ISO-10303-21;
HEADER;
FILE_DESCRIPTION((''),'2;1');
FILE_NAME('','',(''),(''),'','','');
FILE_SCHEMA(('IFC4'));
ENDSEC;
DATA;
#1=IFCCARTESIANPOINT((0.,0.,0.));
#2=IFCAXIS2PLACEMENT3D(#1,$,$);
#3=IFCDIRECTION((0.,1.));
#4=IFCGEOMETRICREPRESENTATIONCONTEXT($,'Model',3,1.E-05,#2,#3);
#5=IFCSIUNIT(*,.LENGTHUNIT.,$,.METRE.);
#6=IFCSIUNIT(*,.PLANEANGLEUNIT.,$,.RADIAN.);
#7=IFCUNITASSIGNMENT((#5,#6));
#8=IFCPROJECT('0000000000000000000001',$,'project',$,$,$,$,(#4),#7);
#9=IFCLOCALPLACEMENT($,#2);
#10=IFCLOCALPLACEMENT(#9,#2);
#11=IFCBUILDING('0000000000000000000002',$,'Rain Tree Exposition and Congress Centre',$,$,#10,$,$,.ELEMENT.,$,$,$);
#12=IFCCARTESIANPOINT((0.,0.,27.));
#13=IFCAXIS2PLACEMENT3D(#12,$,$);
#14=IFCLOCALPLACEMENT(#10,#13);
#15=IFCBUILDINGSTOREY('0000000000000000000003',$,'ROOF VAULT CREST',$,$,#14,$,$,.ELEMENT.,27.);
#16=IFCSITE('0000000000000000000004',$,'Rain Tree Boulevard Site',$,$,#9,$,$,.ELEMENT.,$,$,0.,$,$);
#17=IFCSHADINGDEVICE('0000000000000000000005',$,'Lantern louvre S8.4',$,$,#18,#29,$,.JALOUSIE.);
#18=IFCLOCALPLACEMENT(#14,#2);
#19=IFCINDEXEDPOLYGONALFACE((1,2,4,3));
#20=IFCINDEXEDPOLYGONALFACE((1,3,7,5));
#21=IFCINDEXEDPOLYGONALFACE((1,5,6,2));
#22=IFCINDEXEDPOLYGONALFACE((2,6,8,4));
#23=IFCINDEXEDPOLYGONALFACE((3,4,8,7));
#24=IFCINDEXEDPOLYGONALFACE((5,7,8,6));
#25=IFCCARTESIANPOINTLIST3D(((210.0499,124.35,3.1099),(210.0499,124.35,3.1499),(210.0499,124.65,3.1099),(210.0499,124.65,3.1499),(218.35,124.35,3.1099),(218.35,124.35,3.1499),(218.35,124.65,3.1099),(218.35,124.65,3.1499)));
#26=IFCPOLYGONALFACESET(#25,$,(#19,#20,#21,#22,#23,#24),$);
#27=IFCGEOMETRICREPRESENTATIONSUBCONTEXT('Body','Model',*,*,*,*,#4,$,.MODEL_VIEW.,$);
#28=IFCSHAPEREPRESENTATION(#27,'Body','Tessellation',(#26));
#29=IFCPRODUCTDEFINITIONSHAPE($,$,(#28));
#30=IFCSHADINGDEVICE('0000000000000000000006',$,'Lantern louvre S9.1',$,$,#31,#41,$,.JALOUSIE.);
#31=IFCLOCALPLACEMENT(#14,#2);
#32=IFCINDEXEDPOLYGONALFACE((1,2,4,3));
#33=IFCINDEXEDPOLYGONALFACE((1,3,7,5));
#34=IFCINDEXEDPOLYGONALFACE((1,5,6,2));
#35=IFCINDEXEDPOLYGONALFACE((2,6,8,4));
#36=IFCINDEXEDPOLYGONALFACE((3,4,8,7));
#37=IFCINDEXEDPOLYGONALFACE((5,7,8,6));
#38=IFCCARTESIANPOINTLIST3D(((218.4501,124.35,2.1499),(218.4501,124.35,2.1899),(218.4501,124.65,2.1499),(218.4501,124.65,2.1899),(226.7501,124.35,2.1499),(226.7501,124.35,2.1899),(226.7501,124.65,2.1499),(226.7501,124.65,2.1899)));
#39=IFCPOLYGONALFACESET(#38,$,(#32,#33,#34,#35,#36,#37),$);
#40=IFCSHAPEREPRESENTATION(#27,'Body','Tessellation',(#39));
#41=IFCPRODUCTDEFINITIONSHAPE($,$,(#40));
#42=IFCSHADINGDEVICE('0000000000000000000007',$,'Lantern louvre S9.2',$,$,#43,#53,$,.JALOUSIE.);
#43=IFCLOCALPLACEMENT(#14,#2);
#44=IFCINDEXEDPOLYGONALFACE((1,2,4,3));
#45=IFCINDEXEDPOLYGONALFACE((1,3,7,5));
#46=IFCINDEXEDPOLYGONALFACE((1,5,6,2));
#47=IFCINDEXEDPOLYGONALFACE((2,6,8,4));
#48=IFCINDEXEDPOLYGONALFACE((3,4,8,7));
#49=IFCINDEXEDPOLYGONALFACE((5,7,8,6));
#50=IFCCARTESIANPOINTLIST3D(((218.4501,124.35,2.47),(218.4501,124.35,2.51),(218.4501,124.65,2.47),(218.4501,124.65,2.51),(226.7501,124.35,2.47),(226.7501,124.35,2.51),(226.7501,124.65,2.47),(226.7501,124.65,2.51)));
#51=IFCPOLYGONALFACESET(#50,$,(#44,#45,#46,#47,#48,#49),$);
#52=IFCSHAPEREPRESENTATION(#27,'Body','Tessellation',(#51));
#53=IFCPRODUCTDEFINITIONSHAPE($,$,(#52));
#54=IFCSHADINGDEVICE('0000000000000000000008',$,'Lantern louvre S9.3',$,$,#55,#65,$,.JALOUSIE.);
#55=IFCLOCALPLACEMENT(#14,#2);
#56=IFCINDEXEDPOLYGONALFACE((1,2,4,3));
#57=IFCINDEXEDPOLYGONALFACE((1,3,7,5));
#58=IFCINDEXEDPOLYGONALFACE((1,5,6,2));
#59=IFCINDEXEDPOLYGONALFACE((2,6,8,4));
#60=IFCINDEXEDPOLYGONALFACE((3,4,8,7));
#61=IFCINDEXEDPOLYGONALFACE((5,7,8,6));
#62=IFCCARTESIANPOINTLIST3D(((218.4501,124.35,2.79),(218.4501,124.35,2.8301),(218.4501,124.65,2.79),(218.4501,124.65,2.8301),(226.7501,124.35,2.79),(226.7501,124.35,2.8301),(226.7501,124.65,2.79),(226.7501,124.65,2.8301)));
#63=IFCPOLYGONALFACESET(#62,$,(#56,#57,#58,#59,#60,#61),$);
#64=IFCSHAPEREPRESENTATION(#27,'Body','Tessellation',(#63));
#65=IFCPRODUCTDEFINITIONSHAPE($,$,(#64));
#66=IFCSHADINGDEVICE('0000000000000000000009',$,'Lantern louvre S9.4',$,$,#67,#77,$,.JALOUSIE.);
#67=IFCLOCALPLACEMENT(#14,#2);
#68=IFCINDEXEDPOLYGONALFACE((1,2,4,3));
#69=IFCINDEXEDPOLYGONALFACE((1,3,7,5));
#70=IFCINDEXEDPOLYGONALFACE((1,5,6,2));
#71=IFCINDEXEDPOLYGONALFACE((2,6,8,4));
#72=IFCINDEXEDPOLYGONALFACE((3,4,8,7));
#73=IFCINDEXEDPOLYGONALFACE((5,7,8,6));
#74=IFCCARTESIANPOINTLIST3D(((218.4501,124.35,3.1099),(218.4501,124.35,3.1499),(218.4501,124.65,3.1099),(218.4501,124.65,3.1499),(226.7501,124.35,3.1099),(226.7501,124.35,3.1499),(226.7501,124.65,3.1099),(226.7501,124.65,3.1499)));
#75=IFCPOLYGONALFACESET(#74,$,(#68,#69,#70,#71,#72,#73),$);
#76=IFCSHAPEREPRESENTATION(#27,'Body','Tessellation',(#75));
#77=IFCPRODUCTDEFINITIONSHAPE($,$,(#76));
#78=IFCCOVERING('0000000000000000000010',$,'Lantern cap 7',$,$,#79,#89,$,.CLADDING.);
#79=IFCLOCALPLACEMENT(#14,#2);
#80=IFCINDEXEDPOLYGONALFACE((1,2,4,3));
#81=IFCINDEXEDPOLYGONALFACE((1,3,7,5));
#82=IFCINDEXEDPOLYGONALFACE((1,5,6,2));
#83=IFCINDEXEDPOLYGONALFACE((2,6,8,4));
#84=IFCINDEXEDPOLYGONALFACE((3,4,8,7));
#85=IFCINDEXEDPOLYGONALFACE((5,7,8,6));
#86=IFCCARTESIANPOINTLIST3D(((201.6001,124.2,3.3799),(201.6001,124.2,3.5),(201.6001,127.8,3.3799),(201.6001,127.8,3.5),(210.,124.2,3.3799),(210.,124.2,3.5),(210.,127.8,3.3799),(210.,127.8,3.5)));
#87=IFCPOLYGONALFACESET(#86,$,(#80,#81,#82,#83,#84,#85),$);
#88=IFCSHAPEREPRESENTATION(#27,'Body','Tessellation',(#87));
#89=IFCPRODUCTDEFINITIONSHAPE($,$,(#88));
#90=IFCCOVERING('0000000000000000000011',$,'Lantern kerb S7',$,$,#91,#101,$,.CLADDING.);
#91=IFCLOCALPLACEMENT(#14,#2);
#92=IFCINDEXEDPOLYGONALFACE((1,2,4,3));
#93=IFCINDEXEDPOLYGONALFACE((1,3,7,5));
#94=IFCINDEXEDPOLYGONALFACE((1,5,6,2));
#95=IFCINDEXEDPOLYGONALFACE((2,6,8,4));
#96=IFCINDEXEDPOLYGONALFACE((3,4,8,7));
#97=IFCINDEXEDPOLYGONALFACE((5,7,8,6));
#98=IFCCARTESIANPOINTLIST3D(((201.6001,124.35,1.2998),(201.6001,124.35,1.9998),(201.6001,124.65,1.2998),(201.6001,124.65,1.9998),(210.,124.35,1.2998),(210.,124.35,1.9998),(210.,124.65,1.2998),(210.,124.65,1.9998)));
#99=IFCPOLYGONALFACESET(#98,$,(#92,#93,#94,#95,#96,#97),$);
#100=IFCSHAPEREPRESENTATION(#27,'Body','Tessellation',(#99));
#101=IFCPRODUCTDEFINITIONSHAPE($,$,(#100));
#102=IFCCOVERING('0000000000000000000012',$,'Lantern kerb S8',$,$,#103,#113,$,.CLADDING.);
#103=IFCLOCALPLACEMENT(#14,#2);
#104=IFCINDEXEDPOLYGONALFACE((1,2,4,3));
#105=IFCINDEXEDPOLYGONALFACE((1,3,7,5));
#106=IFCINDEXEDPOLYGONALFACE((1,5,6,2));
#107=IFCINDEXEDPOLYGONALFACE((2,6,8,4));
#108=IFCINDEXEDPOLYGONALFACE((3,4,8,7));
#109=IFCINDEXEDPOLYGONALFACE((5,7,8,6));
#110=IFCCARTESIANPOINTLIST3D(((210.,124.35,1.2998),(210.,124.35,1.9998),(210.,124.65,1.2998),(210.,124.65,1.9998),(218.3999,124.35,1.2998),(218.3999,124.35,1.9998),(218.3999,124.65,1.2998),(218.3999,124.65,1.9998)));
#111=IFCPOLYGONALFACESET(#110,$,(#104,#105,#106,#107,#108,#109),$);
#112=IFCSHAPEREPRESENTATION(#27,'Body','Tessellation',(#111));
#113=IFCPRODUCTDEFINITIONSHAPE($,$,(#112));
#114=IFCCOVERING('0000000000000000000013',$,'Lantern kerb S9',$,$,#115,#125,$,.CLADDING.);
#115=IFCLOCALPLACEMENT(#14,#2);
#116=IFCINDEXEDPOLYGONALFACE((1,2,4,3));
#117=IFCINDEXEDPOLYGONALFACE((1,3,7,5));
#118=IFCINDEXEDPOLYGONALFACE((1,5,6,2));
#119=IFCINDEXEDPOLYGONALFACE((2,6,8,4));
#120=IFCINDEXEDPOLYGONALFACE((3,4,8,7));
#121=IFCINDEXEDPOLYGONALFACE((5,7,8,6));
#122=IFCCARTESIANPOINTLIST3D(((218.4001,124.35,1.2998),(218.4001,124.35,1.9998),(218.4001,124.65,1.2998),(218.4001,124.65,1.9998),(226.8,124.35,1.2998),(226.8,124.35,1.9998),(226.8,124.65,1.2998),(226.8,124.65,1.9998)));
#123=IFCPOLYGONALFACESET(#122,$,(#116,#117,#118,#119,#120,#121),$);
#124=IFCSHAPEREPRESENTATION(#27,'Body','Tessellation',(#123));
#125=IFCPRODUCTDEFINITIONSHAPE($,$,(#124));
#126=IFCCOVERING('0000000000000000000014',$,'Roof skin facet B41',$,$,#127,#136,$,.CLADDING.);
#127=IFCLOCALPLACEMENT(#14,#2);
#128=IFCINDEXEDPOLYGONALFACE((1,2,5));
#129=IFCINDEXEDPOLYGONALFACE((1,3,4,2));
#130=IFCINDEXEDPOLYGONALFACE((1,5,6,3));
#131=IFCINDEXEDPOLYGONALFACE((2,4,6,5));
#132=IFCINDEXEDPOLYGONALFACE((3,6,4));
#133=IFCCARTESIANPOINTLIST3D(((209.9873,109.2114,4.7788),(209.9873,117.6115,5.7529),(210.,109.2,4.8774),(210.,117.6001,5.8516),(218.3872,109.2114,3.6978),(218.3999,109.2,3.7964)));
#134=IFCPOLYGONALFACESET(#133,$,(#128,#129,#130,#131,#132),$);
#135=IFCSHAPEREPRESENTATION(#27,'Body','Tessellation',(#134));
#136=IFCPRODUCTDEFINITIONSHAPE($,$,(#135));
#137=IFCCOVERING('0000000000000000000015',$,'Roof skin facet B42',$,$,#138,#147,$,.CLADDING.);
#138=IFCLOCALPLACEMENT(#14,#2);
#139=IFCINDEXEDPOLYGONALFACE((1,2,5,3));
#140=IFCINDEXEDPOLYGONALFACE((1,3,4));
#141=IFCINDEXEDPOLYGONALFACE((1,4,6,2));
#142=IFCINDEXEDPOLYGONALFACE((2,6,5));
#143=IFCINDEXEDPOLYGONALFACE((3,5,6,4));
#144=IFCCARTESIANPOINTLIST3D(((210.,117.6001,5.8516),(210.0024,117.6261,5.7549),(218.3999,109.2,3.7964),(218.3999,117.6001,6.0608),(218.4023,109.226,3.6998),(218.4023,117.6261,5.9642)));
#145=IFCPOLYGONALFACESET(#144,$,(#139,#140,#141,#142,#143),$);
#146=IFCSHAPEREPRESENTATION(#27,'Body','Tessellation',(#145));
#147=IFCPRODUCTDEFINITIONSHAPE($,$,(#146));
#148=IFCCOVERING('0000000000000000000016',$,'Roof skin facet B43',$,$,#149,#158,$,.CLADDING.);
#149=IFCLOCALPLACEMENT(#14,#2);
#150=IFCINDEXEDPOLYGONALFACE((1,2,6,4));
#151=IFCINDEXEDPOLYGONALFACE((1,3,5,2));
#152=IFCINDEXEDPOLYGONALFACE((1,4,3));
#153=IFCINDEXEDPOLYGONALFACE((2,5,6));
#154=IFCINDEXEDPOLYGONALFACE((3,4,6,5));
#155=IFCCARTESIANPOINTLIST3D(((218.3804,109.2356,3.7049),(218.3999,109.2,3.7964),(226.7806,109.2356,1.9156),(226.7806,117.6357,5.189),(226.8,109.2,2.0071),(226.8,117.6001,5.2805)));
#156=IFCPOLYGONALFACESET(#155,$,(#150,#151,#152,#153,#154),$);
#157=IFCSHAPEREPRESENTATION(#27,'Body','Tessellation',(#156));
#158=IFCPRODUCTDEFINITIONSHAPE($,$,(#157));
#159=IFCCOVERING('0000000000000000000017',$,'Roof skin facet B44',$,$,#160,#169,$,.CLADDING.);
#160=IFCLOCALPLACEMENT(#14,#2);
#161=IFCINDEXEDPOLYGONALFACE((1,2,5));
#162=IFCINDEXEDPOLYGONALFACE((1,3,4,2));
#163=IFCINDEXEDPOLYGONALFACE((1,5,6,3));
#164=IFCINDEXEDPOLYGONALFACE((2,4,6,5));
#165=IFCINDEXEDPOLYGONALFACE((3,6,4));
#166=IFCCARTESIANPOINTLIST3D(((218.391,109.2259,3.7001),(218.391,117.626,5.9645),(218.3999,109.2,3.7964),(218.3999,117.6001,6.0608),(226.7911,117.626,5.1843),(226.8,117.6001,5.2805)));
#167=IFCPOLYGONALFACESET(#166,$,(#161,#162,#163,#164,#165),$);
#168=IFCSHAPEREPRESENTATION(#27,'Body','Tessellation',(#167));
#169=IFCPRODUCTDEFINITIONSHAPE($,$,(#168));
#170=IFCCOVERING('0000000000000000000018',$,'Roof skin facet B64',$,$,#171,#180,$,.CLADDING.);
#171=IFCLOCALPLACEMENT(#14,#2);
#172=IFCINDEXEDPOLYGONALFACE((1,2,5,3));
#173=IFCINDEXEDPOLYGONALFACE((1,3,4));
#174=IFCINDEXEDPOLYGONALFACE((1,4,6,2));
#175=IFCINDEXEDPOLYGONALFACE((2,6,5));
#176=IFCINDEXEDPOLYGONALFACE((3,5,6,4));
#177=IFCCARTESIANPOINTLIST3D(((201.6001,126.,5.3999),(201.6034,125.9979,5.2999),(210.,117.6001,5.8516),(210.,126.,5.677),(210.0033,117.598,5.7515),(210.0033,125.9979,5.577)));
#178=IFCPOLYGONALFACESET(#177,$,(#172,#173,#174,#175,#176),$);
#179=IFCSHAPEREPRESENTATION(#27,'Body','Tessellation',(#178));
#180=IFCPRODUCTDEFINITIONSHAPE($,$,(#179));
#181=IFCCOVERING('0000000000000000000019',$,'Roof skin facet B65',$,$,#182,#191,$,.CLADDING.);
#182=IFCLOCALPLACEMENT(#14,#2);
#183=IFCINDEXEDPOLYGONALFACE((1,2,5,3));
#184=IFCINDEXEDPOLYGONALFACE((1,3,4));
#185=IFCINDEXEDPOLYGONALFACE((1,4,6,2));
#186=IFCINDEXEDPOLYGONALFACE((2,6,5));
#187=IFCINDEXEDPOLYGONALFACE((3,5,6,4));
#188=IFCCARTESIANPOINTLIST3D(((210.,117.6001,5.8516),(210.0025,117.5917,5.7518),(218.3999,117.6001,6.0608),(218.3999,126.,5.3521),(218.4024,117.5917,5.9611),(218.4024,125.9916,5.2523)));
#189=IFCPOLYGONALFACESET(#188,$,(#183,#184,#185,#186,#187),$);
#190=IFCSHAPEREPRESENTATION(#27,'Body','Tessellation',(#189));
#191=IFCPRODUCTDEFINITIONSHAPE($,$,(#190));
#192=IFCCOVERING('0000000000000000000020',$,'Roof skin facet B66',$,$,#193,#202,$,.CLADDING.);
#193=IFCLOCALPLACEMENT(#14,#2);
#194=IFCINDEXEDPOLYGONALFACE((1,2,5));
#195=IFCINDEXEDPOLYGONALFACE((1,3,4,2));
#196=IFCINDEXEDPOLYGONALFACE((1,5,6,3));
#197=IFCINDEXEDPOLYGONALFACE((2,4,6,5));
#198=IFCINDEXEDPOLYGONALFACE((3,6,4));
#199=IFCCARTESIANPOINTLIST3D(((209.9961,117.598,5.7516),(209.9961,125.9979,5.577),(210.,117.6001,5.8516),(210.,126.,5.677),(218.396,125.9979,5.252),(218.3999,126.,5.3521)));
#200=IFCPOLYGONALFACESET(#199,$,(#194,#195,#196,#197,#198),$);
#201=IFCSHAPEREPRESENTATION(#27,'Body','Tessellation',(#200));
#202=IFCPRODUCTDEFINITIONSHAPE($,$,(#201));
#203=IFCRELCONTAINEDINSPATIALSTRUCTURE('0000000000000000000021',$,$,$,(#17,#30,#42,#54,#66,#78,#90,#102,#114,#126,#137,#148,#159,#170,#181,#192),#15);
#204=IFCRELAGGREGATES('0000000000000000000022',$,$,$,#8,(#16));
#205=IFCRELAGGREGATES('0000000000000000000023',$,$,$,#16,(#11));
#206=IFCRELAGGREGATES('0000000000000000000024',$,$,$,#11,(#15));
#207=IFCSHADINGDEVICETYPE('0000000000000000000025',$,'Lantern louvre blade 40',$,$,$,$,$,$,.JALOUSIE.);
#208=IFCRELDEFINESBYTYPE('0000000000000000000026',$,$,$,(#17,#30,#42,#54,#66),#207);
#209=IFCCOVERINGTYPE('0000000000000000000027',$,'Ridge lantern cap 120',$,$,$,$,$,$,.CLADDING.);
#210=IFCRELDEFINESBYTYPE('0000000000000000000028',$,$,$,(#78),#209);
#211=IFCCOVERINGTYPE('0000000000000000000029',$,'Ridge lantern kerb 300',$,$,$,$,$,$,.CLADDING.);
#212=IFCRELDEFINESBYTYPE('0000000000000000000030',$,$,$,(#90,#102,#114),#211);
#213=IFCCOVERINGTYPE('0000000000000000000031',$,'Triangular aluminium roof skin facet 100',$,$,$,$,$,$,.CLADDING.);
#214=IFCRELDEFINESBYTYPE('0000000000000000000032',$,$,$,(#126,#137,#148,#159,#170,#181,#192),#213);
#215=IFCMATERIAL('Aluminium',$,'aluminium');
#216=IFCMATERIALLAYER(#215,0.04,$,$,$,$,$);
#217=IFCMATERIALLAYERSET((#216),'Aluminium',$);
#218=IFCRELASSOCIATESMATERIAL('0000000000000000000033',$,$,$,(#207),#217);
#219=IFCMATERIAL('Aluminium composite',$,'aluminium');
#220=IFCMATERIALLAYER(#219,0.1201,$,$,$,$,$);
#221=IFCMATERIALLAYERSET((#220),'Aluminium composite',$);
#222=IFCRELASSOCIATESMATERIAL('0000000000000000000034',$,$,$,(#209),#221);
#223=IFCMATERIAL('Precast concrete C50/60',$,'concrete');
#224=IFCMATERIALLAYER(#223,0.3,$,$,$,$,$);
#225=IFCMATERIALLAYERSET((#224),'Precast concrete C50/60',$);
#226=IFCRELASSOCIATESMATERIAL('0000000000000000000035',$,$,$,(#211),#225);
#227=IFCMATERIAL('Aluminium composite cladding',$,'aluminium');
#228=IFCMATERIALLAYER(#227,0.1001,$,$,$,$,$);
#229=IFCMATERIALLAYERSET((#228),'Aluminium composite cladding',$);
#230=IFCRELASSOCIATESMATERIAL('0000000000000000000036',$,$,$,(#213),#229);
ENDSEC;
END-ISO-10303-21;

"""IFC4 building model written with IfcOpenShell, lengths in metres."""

from ifc_helpers import new_model, si_unit, direction, frame, origin, origin_2d, place, context, subcontext, project, spatial, polyline, rectangle, outline, extrude, material, layer, layer_set, type_object, element, save


model = new_model("IFC4")

# Units and contexts
model_context = context("Model", 3, precision=1e-05, world=origin(), true_north=direction((0.0, 1.0)))
body_context = subcontext(model_context, "Body", "Model", "MODEL_VIEW")
ifc_project = project(units=[si_unit("LENGTHUNIT", "METRE"), si_unit("PLANEANGLEUNIT", "RADIAN")], contexts=[model_context])

# Site, building, storey
site_placement = place(None, origin())
site = spatial("IfcSite", under=ifc_project, at=site_placement, Name="Rain Tree Boulevard Site", CompositionType="ELEMENT", RefElevation=0.0)
building_placement = place(site_placement, origin())
building = spatial("IfcBuilding", under=site, at=building_placement, Name="Rain Tree Exposition and Congress Centre", CompositionType="ELEMENT")
storey_placement = place(building_placement, frame((0.0, 0.0, 27.0)))
storey = spatial("IfcBuildingStorey", under=building, at=storey_placement, Name="ROOF VAULT CREST", CompositionType="ELEMENT", Elevation=27.0)

# Shading devices
ifc_material_1 = material(Name="Aluminium", Category="aluminium")
ifc_layer_1 = layer(ifc_material_1, 0.04)
ifc_layer_set_1 = layer_set([ifc_layer_1], Name="Aluminium")
shading_device_type = type_object("IfcShadingDeviceType", Name="Lantern louvre blade 40", PredefinedType="JALOUSIE", material=ifc_layer_set_1)
for number, where, z_axis, x_axis, name in (
    (1, (214.2, 124.5, 3.1099), (0.0, 0.0, 1.0), (1.0, 0.0, 0.0), "Lantern louvre S8.4"),
    (2, (222.6001, 124.5, 2.1499), (0.0, 0.0, 1.0), (1.0, 0.0, 0.0), "Lantern louvre S9.1"),
    (3, (222.6001, 124.5, 2.47), (0.0, 0.0, 1.0), (1.0, 0.0, 0.0), "Lantern louvre S9.2"),
    (4, (222.6001, 124.5, 2.79), (0.0, 0.0, 1.0), (1.0, 0.0, 0.0), "Lantern louvre S9.3"),
    (5, (222.6001, 124.5, 3.1099), (0.0, 0.0, 1.0), (1.0, 0.0, 0.0), "Lantern louvre S9.4"),
):
    element("IfcShadingDevice", number, at=place(storey_placement, frame(where, z_axis=z_axis, x_axis=x_axis)), inside=storey, type_object=shading_device_type, Name=name, PredefinedType="JALOUSIE", context=body_context, shape_type="SweptSolid", body=[
        extrude(rectangle(XDim=8.3, YDim=0.3, at=origin_2d()), origin(), (0.0, 0.0, 1.0), 0.04),
    ])

# Coverings
ifc_material_2 = material(Name="Aluminium composite", Category="aluminium")
ifc_layer_2 = layer(ifc_material_2, 0.1201)
ifc_layer_set_2 = layer_set([ifc_layer_2], Name="Aluminium composite")
covering_type_1 = type_object("IfcCoveringType", Name="Ridge lantern cap 120", PredefinedType="CLADDING", material=ifc_layer_set_2)
covering_1_placement = place(storey_placement, frame((205.8, 126.0, 3.3799), z_axis=(0.0, 0.0, 1.0), x_axis=(1.0, 0.0, 0.0)))
element("IfcCovering", 6, at=covering_1_placement, inside=storey, type_object=covering_type_1, Name="Lantern cap 7", PredefinedType="CLADDING", context=body_context, shape_type="SweptSolid", body=[
    extrude(rectangle(XDim=8.3999, YDim=3.6001, at=origin_2d()), origin(), (0.0, 0.0, 1.0), 0.1201),
])
ifc_material_3 = material(Name="Precast concrete C50/60", Category="concrete")
ifc_layer_3 = layer(ifc_material_3, 0.3)
ifc_layer_set_3 = layer_set([ifc_layer_3], Name="Precast concrete C50/60")
covering_type_2 = type_object("IfcCoveringType", Name="Ridge lantern kerb 300", PredefinedType="CLADDING", material=ifc_layer_set_3)
for number, where, z_axis, x_axis, name in (
    (7, (205.8, 124.5, 1.2998), (0.0, 0.0, 1.0), (1.0, 0.0, 0.0), "Lantern kerb S7"),
    (8, (214.2, 124.5, 1.2998), (0.0, 0.0, 1.0), (1.0, 0.0, 0.0), "Lantern kerb S8"),
    (9, (222.6001, 124.5, 1.2998), (0.0, 0.0, 1.0), (1.0, 0.0, 0.0), "Lantern kerb S9"),
):
    element("IfcCovering", number, at=place(storey_placement, frame(where, z_axis=z_axis, x_axis=x_axis)), inside=storey, type_object=covering_type_2, Name=name, PredefinedType="CLADDING", context=body_context, shape_type="SweptSolid", body=[
        extrude(rectangle(XDim=8.3999, YDim=0.3, at=origin_2d()), origin(), (0.0, 0.0, 1.0), 0.7),
    ])
ifc_material_4 = material(Name="Aluminium composite cladding", Category="aluminium")
ifc_layer_4 = layer(ifc_material_4, 0.1001)
ifc_layer_set_4 = layer_set([ifc_layer_4], Name="Aluminium composite cladding")
covering_type_3 = type_object("IfcCoveringType", Name="Triangular aluminium roof skin facet 100", PredefinedType="CLADDING", material=ifc_layer_set_4)
covering_2_placement = place(storey_placement, frame((210.0, 109.2, 4.8774), z_axis=(0.12681, -0.114263, 0.985324), x_axis=(0.99182, 0.0, -0.127646)))
element("IfcCovering", 10, at=covering_2_placement, inside=storey, type_object=covering_type_3, Name="Roof skin facet B41", PredefinedType="CLADDING", context=body_context, shape_type="SweptSolid", body=[
    extrude(outline(polyline([(0.0, 0.0), (8.4692, 0.0), (-0.1243, 8.4555), (0.0, 0.0)])), origin(), (0.0, 0.0, -1.0), 0.1001),
])
covering_3_placement = place(storey_placement, frame((218.3999, 109.2, 3.7964), z_axis=(-0.024043, -0.260201, 0.965255), x_axis=(0.0, 0.965534, 0.260276)))
element("IfcCovering", 11, at=covering_3_placement, inside=storey, type_object=covering_type_3, Name="Roof skin facet B42", PredefinedType="CLADDING", context=body_context, shape_type="SweptSolid", body=[
    extrude(outline(polyline([(0.0, 0.0), (8.7, 0.0), (8.6455, 8.4023), (0.0, 0.0)])), origin(), (0.0, 0.0, -1.0), 0.1001),
])
covering_4_placement = place(storey_placement, frame((218.3999, 109.2, 3.7964), z_axis=(0.194675, -0.356146, 0.913926), x_axis=(0.978058, 0.0, -0.208335)))
element("IfcCovering", 12, at=covering_4_placement, inside=storey, type_object=covering_type_3, Name="Roof skin facet B43", PredefinedType="CLADDING", context=body_context, shape_type="SweptSolid", body=[
    extrude(outline(polyline([(0.0, 0.0), (8.5886, 0.0), (7.9066, 8.9896), (0.0, 0.0)])), origin(), (0.0, 0.0, -1.0), 0.1001),
])
covering_5_placement = place(storey_placement, frame((218.3999, 109.2, 3.7964), z_axis=(0.089328, -0.259236, 0.961674), x_axis=(0.701652, 0.701652, 0.123967)))
element("IfcCovering", 13, at=covering_5_placement, inside=storey, type_object=covering_type_3, Name="Roof skin facet B44", PredefinedType="CLADDING", context=body_context, shape_type="SweptSolid", body=[
    extrude(outline(polyline([(0.0, 0.0), (11.9719, 0.0), (6.1747, 6.1289), (0.0, 0.0)])), origin(), (0.0, 0.0, -1.0), 0.1001),
])
covering_6_placement = place(storey_placement, frame((210.0, 117.6001, 5.8516), z_axis=(-0.032963, 0.020765, 0.999241), x_axis=(0.0, 0.999784, -0.020777)))
element("IfcCovering", 14, at=covering_6_placement, inside=storey, type_object=covering_type_3, Name="Roof skin facet B64", PredefinedType="CLADDING", context=body_context, shape_type="SweptSolid", body=[
    extrude(outline(polyline([(0.0, 0.0), (8.4017, 0.0), (8.4075, 8.4045), (0.0, 0.0)])), origin(), (0.0, 0.0, -1.0), 0.1001),
])
covering_7_placement = place(storey_placement, frame((210.0, 117.6001, 5.8516), z_axis=(-0.024813, 0.08405, 0.996153), x_axis=(0.99969, 0.0, 0.024901)))
element("IfcCovering", 15, at=covering_7_placement, inside=storey, type_object=covering_type_3, Name="Roof skin facet B65", PredefinedType="CLADDING", context=body_context, shape_type="SweptSolid", body=[
    extrude(outline(polyline([(0.0, 0.0), (8.4025, 0.0), (8.3849, 8.4297), (0.0, 0.0)])), origin(), (0.0, 0.0, -1.0), 0.1001),
])
covering_8_placement = place(storey_placement, frame((210.0, 117.6001, 5.8516), z_axis=(0.038648, 0.020761, 0.999037), x_axis=(0.706482, 0.706482, -0.042012)))
element("IfcCovering", 16, at=covering_8_placement, inside=storey, type_object=covering_type_3, Name="Roof skin facet B66", PredefinedType="CLADDING", context=body_context, shape_type="SweptSolid", body=[
    extrude(outline(polyline([(0.0, 0.0), (11.8898, 0.0), (5.9417, 5.9401), (0.0, 0.0)])), origin(), (0.0, 0.0, -1.0), 0.1001),
])

save(model, "model.ifc")
